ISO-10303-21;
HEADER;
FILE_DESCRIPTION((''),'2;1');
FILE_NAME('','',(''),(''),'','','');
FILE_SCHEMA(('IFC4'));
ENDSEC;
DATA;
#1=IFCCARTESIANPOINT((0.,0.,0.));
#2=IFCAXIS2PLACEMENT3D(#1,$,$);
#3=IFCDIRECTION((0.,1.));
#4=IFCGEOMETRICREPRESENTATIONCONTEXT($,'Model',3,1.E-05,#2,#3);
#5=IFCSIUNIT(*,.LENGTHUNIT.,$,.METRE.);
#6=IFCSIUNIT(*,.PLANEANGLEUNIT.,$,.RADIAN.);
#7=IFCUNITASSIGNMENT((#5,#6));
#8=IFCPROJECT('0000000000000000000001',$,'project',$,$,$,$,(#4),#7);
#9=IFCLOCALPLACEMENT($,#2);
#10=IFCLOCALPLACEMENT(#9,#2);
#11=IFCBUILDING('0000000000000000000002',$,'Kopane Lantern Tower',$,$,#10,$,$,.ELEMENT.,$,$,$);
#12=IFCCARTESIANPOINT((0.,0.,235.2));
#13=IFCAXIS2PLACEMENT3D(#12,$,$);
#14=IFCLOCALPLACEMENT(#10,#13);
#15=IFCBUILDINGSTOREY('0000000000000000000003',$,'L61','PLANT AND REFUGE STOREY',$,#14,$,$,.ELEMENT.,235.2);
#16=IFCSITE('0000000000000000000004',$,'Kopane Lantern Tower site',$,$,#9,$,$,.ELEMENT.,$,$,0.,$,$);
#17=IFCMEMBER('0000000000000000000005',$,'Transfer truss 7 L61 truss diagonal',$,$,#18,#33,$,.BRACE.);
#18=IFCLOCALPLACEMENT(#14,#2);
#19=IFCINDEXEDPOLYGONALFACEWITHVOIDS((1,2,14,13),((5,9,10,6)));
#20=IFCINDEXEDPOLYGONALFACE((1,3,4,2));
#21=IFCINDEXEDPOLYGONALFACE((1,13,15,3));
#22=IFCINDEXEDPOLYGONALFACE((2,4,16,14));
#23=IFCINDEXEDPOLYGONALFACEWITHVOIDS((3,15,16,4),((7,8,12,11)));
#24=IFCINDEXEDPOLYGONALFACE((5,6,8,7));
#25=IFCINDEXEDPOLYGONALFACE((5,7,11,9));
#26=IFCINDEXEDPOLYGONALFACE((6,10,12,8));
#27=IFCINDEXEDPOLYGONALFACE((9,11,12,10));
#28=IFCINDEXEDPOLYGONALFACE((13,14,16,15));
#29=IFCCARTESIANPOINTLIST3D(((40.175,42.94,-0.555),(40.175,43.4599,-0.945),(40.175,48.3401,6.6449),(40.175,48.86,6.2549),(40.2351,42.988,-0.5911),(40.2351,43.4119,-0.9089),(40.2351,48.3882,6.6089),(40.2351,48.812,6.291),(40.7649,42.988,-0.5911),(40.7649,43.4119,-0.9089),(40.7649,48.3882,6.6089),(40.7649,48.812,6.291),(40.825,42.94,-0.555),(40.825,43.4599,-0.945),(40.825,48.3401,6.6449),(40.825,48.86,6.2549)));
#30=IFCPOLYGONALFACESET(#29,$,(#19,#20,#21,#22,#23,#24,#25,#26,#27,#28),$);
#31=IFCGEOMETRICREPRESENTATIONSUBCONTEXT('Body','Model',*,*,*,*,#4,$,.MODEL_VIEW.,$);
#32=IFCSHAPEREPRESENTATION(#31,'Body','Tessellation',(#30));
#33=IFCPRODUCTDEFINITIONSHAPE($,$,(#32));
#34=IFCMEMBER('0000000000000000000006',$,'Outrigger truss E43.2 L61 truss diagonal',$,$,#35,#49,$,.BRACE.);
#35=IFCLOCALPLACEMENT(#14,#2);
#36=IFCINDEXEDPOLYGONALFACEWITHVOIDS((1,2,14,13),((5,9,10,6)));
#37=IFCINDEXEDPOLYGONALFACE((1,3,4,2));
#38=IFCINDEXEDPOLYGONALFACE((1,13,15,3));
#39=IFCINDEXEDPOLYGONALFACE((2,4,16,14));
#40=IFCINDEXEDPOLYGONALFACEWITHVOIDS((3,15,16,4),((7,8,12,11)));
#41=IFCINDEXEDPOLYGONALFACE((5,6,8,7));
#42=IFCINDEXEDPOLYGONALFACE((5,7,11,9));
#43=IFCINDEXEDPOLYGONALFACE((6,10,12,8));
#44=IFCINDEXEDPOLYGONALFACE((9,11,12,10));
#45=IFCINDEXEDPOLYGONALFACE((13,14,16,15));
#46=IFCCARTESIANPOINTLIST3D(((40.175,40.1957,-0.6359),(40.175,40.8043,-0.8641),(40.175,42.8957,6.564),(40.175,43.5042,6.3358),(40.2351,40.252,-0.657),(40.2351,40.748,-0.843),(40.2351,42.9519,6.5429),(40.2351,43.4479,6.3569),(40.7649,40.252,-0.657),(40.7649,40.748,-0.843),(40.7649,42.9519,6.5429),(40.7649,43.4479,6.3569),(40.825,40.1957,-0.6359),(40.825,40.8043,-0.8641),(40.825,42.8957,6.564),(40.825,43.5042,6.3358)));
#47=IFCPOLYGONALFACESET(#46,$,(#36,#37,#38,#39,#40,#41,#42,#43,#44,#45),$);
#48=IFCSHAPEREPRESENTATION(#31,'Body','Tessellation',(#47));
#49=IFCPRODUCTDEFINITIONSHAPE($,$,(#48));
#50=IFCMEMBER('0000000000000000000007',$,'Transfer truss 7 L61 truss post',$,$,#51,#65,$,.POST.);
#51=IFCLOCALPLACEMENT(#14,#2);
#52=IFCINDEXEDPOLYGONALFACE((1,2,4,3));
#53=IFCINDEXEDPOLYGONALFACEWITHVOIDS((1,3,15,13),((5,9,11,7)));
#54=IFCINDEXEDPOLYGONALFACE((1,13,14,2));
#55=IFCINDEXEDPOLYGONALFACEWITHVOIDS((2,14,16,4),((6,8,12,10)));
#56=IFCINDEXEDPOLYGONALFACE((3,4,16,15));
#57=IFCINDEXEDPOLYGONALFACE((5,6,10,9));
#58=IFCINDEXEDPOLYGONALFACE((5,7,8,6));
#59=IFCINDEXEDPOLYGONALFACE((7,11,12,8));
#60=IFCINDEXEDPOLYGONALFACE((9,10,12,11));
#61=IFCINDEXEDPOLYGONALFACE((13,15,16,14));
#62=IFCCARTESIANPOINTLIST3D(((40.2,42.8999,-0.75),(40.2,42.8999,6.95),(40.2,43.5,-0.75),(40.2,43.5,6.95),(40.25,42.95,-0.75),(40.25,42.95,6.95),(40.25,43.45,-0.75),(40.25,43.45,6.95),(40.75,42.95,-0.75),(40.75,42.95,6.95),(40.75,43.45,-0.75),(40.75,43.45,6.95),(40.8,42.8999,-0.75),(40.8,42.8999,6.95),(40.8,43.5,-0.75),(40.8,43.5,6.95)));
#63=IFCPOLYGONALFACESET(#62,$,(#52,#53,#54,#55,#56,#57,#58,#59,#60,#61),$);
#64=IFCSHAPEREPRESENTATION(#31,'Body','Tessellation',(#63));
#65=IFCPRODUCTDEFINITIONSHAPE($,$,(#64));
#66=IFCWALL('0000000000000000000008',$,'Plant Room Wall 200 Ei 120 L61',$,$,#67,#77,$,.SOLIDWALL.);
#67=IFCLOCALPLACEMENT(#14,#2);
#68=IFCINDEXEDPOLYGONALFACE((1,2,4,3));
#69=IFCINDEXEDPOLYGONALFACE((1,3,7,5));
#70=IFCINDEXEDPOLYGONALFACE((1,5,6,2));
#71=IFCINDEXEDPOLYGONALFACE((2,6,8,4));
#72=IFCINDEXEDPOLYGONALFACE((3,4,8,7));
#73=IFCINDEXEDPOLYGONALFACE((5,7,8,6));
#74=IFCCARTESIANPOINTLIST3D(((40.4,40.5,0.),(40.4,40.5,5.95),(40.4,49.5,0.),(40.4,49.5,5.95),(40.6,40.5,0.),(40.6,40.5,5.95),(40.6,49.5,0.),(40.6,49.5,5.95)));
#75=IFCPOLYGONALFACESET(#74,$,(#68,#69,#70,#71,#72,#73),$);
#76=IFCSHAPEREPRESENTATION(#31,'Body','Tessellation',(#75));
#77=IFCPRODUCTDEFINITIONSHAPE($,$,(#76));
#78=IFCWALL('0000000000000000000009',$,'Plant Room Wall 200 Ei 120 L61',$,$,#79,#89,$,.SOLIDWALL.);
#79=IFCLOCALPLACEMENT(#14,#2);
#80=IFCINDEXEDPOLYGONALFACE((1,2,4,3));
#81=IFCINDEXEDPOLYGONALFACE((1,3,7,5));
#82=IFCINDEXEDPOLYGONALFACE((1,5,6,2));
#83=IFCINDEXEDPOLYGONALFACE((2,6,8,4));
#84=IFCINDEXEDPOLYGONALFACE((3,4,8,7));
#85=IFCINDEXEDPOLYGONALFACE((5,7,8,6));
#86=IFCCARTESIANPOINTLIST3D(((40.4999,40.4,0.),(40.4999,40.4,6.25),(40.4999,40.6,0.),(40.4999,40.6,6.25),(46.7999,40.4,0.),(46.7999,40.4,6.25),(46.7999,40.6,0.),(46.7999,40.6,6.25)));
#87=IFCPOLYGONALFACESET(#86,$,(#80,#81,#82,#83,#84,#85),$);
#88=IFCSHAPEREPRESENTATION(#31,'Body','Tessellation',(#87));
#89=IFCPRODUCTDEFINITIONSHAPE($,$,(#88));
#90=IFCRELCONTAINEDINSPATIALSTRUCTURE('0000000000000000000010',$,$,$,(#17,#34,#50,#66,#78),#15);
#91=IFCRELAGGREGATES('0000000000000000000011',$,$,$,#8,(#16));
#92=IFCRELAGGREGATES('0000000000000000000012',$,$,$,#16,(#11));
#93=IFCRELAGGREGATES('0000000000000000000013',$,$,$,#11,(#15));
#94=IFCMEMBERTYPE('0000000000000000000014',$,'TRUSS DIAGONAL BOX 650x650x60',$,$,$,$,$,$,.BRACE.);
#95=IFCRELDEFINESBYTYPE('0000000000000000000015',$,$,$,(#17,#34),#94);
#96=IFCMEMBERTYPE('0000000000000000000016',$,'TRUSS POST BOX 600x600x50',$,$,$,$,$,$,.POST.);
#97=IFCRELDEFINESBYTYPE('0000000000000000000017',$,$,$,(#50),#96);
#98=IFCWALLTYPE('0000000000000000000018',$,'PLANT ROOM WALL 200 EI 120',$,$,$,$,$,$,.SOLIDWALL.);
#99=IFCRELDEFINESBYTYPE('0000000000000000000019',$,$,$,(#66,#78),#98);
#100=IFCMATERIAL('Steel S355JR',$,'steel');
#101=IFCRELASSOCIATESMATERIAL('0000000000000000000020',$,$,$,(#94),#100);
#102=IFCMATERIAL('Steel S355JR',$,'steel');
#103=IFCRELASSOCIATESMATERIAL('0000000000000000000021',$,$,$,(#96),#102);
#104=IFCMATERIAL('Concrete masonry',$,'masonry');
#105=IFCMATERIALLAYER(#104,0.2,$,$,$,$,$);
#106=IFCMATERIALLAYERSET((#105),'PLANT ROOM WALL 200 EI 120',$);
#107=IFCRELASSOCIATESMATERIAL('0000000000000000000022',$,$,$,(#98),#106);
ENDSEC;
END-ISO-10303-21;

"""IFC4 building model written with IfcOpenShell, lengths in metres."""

from ifc_helpers import new_model, si_unit, direction, frame, frame_2d, origin, origin_2d, place, context, subcontext, project, spatial, rectangle, hollow_rectangle, extrude, material, layer, layer_set, material_profile, profile_set, type_object, element, save


model = new_model("IFC4")

# Units and contexts
model_context = context("Model", 3, precision=1e-05, world=origin(), true_north=direction((0.0, 1.0)))
body_context = subcontext(model_context, "Body", "Model", "MODEL_VIEW")
ifc_project = project(units=[si_unit("LENGTHUNIT", "METRE"), si_unit("PLANEANGLEUNIT", "RADIAN")], contexts=[model_context])

# Site, building, storey
site_placement = place(None, origin())
site = spatial("IfcSite", under=ifc_project, at=site_placement, Name="Kopane Lantern Tower site", CompositionType="ELEMENT", RefElevation=0.0)
building_placement = place(site_placement, origin())
building = spatial("IfcBuilding", under=site, at=building_placement, Name="Kopane Lantern Tower", CompositionType="ELEMENT")
storey_placement = place(building_placement, frame((0.0, 0.0, 235.2)))
storey = spatial("IfcBuildingStorey", under=building, at=storey_placement, Name="L61", Description="PLANT AND REFUGE STOREY", CompositionType="ELEMENT", Elevation=235.2)

# Members
ifc_material_1 = material(Name="Steel S355JR", Category="steel")
ifc_material_profile_1 = material_profile(ifc_material_1, hollow_rectangle(XDim=0.6499, YDim=0.6499, WallThickness=0.0601, at=origin_2d()), Name="BOX 650x650x60")
ifc_profile_set_1 = profile_set([ifc_material_profile_1], Name="Steel S355JR")
member_type_1 = type_object("IfcMemberType", Name="TRUSS DIAGONAL BOX 650x650x60", PredefinedType="BRACE", material=ifc_profile_set_1)
member_1_placement = place(storey_placement, frame((40.5, 43.2, -0.75), z_axis=(0.0, 0.600013, 0.79999), x_axis=(-1.0, 0.0, 0.0)))
element("IfcMember", 1, at=member_1_placement, inside=storey, type_object=member_type_1, Name="Transfer truss 7 L61 truss diagonal", PredefinedType="BRACE", context=body_context, shape_type="SweptSolid", body=[
    extrude(hollow_rectangle(XDim=0.6499, YDim=0.6499, WallThickness=0.0601, at=origin_2d()), origin(), (0.0, 0.0, 1.0), 9.0),
])
member_2_placement = place(storey_placement, frame((40.5, 40.5, -0.75), z_axis=(0.0, 0.35112, 0.93633), x_axis=(-1.0, 0.0, 0.0)))
element("IfcMember", 2, at=member_2_placement, inside=storey, type_object=member_type_1, Name="Outrigger truss E43.2 L61 truss diagonal", PredefinedType="BRACE", context=body_context, shape_type="SweptSolid", body=[
    extrude(hollow_rectangle(XDim=0.6499, YDim=0.6499, WallThickness=0.0601, at=origin_2d()), origin(), (0.0, 0.0, 1.0), 7.6895),
])
ifc_material_2 = material(Name="Steel S355JR", Category="steel")
ifc_material_profile_2 = material_profile(ifc_material_2, hollow_rectangle(XDim=0.6001, YDim=0.6001, WallThickness=0.05, at=origin_2d()), Name="BOX 600x600x50")
ifc_profile_set_2 = profile_set([ifc_material_profile_2], Name="Steel S355JR")
member_type_2 = type_object("IfcMemberType", Name="TRUSS POST BOX 600x600x50", PredefinedType="POST", material=ifc_profile_set_2)
member_3_placement = place(storey_placement, frame((40.5, 43.2, -0.75), z_axis=(0.0, 0.0, 1.0), x_axis=(1.0, 0.0, 0.0)))
element("IfcMember", 3, at=member_3_placement, inside=storey, type_object=member_type_2, Name="Transfer truss 7 L61 truss post", PredefinedType="POST", context=body_context, shape_type="SweptSolid", body=[
    extrude(hollow_rectangle(XDim=0.6001, YDim=0.6001, WallThickness=0.05, at=origin_2d()), origin(), (0.0, 0.0, 1.0), 7.7),
])

# Walls
ifc_material_3 = material(Name="Concrete masonry", Category="masonry")
ifc_layer = layer(ifc_material_3, 0.2)
ifc_layer_set = layer_set([ifc_layer], Name="PLANT ROOM WALL 200 EI 120")
wall_type = type_object("IfcWallType", Name="PLANT ROOM WALL 200 EI 120", PredefinedType="SOLIDWALL", material=ifc_layer_set)
wall_1_placement = place(storey_placement, frame((40.5, 40.5, 0.0), z_axis=(0.0, 0.0, 1.0), x_axis=(0.0, 1.0, 0.0)))
element("IfcWall", 4, at=wall_1_placement, inside=storey, type_object=wall_type, Name="Plant Room Wall 200 Ei 120 L61", PredefinedType="SOLIDWALL", context=body_context, shape_type="SweptSolid", body=[
    extrude(rectangle(XDim=9.0, YDim=0.2, at=frame_2d((4.5, 0.0))), origin(), (0.0, 0.0, 1.0), 5.95),
])
wall_2_placement = place(storey_placement, frame((40.5, 40.5, 0.0), z_axis=(0.0, 0.0, 1.0), x_axis=(1.0, 0.0, 0.0)))
element("IfcWall", 5, at=wall_2_placement, inside=storey, type_object=wall_type, Name="Plant Room Wall 200 Ei 120 L61", PredefinedType="SOLIDWALL", context=body_context, shape_type="SweptSolid", body=[
    extrude(rectangle(XDim=6.3, YDim=0.2, at=frame_2d((3.1499, 0.0))), origin(), (0.0, 0.0, 1.0), 6.25),
])

save(model, "model.ifc")
